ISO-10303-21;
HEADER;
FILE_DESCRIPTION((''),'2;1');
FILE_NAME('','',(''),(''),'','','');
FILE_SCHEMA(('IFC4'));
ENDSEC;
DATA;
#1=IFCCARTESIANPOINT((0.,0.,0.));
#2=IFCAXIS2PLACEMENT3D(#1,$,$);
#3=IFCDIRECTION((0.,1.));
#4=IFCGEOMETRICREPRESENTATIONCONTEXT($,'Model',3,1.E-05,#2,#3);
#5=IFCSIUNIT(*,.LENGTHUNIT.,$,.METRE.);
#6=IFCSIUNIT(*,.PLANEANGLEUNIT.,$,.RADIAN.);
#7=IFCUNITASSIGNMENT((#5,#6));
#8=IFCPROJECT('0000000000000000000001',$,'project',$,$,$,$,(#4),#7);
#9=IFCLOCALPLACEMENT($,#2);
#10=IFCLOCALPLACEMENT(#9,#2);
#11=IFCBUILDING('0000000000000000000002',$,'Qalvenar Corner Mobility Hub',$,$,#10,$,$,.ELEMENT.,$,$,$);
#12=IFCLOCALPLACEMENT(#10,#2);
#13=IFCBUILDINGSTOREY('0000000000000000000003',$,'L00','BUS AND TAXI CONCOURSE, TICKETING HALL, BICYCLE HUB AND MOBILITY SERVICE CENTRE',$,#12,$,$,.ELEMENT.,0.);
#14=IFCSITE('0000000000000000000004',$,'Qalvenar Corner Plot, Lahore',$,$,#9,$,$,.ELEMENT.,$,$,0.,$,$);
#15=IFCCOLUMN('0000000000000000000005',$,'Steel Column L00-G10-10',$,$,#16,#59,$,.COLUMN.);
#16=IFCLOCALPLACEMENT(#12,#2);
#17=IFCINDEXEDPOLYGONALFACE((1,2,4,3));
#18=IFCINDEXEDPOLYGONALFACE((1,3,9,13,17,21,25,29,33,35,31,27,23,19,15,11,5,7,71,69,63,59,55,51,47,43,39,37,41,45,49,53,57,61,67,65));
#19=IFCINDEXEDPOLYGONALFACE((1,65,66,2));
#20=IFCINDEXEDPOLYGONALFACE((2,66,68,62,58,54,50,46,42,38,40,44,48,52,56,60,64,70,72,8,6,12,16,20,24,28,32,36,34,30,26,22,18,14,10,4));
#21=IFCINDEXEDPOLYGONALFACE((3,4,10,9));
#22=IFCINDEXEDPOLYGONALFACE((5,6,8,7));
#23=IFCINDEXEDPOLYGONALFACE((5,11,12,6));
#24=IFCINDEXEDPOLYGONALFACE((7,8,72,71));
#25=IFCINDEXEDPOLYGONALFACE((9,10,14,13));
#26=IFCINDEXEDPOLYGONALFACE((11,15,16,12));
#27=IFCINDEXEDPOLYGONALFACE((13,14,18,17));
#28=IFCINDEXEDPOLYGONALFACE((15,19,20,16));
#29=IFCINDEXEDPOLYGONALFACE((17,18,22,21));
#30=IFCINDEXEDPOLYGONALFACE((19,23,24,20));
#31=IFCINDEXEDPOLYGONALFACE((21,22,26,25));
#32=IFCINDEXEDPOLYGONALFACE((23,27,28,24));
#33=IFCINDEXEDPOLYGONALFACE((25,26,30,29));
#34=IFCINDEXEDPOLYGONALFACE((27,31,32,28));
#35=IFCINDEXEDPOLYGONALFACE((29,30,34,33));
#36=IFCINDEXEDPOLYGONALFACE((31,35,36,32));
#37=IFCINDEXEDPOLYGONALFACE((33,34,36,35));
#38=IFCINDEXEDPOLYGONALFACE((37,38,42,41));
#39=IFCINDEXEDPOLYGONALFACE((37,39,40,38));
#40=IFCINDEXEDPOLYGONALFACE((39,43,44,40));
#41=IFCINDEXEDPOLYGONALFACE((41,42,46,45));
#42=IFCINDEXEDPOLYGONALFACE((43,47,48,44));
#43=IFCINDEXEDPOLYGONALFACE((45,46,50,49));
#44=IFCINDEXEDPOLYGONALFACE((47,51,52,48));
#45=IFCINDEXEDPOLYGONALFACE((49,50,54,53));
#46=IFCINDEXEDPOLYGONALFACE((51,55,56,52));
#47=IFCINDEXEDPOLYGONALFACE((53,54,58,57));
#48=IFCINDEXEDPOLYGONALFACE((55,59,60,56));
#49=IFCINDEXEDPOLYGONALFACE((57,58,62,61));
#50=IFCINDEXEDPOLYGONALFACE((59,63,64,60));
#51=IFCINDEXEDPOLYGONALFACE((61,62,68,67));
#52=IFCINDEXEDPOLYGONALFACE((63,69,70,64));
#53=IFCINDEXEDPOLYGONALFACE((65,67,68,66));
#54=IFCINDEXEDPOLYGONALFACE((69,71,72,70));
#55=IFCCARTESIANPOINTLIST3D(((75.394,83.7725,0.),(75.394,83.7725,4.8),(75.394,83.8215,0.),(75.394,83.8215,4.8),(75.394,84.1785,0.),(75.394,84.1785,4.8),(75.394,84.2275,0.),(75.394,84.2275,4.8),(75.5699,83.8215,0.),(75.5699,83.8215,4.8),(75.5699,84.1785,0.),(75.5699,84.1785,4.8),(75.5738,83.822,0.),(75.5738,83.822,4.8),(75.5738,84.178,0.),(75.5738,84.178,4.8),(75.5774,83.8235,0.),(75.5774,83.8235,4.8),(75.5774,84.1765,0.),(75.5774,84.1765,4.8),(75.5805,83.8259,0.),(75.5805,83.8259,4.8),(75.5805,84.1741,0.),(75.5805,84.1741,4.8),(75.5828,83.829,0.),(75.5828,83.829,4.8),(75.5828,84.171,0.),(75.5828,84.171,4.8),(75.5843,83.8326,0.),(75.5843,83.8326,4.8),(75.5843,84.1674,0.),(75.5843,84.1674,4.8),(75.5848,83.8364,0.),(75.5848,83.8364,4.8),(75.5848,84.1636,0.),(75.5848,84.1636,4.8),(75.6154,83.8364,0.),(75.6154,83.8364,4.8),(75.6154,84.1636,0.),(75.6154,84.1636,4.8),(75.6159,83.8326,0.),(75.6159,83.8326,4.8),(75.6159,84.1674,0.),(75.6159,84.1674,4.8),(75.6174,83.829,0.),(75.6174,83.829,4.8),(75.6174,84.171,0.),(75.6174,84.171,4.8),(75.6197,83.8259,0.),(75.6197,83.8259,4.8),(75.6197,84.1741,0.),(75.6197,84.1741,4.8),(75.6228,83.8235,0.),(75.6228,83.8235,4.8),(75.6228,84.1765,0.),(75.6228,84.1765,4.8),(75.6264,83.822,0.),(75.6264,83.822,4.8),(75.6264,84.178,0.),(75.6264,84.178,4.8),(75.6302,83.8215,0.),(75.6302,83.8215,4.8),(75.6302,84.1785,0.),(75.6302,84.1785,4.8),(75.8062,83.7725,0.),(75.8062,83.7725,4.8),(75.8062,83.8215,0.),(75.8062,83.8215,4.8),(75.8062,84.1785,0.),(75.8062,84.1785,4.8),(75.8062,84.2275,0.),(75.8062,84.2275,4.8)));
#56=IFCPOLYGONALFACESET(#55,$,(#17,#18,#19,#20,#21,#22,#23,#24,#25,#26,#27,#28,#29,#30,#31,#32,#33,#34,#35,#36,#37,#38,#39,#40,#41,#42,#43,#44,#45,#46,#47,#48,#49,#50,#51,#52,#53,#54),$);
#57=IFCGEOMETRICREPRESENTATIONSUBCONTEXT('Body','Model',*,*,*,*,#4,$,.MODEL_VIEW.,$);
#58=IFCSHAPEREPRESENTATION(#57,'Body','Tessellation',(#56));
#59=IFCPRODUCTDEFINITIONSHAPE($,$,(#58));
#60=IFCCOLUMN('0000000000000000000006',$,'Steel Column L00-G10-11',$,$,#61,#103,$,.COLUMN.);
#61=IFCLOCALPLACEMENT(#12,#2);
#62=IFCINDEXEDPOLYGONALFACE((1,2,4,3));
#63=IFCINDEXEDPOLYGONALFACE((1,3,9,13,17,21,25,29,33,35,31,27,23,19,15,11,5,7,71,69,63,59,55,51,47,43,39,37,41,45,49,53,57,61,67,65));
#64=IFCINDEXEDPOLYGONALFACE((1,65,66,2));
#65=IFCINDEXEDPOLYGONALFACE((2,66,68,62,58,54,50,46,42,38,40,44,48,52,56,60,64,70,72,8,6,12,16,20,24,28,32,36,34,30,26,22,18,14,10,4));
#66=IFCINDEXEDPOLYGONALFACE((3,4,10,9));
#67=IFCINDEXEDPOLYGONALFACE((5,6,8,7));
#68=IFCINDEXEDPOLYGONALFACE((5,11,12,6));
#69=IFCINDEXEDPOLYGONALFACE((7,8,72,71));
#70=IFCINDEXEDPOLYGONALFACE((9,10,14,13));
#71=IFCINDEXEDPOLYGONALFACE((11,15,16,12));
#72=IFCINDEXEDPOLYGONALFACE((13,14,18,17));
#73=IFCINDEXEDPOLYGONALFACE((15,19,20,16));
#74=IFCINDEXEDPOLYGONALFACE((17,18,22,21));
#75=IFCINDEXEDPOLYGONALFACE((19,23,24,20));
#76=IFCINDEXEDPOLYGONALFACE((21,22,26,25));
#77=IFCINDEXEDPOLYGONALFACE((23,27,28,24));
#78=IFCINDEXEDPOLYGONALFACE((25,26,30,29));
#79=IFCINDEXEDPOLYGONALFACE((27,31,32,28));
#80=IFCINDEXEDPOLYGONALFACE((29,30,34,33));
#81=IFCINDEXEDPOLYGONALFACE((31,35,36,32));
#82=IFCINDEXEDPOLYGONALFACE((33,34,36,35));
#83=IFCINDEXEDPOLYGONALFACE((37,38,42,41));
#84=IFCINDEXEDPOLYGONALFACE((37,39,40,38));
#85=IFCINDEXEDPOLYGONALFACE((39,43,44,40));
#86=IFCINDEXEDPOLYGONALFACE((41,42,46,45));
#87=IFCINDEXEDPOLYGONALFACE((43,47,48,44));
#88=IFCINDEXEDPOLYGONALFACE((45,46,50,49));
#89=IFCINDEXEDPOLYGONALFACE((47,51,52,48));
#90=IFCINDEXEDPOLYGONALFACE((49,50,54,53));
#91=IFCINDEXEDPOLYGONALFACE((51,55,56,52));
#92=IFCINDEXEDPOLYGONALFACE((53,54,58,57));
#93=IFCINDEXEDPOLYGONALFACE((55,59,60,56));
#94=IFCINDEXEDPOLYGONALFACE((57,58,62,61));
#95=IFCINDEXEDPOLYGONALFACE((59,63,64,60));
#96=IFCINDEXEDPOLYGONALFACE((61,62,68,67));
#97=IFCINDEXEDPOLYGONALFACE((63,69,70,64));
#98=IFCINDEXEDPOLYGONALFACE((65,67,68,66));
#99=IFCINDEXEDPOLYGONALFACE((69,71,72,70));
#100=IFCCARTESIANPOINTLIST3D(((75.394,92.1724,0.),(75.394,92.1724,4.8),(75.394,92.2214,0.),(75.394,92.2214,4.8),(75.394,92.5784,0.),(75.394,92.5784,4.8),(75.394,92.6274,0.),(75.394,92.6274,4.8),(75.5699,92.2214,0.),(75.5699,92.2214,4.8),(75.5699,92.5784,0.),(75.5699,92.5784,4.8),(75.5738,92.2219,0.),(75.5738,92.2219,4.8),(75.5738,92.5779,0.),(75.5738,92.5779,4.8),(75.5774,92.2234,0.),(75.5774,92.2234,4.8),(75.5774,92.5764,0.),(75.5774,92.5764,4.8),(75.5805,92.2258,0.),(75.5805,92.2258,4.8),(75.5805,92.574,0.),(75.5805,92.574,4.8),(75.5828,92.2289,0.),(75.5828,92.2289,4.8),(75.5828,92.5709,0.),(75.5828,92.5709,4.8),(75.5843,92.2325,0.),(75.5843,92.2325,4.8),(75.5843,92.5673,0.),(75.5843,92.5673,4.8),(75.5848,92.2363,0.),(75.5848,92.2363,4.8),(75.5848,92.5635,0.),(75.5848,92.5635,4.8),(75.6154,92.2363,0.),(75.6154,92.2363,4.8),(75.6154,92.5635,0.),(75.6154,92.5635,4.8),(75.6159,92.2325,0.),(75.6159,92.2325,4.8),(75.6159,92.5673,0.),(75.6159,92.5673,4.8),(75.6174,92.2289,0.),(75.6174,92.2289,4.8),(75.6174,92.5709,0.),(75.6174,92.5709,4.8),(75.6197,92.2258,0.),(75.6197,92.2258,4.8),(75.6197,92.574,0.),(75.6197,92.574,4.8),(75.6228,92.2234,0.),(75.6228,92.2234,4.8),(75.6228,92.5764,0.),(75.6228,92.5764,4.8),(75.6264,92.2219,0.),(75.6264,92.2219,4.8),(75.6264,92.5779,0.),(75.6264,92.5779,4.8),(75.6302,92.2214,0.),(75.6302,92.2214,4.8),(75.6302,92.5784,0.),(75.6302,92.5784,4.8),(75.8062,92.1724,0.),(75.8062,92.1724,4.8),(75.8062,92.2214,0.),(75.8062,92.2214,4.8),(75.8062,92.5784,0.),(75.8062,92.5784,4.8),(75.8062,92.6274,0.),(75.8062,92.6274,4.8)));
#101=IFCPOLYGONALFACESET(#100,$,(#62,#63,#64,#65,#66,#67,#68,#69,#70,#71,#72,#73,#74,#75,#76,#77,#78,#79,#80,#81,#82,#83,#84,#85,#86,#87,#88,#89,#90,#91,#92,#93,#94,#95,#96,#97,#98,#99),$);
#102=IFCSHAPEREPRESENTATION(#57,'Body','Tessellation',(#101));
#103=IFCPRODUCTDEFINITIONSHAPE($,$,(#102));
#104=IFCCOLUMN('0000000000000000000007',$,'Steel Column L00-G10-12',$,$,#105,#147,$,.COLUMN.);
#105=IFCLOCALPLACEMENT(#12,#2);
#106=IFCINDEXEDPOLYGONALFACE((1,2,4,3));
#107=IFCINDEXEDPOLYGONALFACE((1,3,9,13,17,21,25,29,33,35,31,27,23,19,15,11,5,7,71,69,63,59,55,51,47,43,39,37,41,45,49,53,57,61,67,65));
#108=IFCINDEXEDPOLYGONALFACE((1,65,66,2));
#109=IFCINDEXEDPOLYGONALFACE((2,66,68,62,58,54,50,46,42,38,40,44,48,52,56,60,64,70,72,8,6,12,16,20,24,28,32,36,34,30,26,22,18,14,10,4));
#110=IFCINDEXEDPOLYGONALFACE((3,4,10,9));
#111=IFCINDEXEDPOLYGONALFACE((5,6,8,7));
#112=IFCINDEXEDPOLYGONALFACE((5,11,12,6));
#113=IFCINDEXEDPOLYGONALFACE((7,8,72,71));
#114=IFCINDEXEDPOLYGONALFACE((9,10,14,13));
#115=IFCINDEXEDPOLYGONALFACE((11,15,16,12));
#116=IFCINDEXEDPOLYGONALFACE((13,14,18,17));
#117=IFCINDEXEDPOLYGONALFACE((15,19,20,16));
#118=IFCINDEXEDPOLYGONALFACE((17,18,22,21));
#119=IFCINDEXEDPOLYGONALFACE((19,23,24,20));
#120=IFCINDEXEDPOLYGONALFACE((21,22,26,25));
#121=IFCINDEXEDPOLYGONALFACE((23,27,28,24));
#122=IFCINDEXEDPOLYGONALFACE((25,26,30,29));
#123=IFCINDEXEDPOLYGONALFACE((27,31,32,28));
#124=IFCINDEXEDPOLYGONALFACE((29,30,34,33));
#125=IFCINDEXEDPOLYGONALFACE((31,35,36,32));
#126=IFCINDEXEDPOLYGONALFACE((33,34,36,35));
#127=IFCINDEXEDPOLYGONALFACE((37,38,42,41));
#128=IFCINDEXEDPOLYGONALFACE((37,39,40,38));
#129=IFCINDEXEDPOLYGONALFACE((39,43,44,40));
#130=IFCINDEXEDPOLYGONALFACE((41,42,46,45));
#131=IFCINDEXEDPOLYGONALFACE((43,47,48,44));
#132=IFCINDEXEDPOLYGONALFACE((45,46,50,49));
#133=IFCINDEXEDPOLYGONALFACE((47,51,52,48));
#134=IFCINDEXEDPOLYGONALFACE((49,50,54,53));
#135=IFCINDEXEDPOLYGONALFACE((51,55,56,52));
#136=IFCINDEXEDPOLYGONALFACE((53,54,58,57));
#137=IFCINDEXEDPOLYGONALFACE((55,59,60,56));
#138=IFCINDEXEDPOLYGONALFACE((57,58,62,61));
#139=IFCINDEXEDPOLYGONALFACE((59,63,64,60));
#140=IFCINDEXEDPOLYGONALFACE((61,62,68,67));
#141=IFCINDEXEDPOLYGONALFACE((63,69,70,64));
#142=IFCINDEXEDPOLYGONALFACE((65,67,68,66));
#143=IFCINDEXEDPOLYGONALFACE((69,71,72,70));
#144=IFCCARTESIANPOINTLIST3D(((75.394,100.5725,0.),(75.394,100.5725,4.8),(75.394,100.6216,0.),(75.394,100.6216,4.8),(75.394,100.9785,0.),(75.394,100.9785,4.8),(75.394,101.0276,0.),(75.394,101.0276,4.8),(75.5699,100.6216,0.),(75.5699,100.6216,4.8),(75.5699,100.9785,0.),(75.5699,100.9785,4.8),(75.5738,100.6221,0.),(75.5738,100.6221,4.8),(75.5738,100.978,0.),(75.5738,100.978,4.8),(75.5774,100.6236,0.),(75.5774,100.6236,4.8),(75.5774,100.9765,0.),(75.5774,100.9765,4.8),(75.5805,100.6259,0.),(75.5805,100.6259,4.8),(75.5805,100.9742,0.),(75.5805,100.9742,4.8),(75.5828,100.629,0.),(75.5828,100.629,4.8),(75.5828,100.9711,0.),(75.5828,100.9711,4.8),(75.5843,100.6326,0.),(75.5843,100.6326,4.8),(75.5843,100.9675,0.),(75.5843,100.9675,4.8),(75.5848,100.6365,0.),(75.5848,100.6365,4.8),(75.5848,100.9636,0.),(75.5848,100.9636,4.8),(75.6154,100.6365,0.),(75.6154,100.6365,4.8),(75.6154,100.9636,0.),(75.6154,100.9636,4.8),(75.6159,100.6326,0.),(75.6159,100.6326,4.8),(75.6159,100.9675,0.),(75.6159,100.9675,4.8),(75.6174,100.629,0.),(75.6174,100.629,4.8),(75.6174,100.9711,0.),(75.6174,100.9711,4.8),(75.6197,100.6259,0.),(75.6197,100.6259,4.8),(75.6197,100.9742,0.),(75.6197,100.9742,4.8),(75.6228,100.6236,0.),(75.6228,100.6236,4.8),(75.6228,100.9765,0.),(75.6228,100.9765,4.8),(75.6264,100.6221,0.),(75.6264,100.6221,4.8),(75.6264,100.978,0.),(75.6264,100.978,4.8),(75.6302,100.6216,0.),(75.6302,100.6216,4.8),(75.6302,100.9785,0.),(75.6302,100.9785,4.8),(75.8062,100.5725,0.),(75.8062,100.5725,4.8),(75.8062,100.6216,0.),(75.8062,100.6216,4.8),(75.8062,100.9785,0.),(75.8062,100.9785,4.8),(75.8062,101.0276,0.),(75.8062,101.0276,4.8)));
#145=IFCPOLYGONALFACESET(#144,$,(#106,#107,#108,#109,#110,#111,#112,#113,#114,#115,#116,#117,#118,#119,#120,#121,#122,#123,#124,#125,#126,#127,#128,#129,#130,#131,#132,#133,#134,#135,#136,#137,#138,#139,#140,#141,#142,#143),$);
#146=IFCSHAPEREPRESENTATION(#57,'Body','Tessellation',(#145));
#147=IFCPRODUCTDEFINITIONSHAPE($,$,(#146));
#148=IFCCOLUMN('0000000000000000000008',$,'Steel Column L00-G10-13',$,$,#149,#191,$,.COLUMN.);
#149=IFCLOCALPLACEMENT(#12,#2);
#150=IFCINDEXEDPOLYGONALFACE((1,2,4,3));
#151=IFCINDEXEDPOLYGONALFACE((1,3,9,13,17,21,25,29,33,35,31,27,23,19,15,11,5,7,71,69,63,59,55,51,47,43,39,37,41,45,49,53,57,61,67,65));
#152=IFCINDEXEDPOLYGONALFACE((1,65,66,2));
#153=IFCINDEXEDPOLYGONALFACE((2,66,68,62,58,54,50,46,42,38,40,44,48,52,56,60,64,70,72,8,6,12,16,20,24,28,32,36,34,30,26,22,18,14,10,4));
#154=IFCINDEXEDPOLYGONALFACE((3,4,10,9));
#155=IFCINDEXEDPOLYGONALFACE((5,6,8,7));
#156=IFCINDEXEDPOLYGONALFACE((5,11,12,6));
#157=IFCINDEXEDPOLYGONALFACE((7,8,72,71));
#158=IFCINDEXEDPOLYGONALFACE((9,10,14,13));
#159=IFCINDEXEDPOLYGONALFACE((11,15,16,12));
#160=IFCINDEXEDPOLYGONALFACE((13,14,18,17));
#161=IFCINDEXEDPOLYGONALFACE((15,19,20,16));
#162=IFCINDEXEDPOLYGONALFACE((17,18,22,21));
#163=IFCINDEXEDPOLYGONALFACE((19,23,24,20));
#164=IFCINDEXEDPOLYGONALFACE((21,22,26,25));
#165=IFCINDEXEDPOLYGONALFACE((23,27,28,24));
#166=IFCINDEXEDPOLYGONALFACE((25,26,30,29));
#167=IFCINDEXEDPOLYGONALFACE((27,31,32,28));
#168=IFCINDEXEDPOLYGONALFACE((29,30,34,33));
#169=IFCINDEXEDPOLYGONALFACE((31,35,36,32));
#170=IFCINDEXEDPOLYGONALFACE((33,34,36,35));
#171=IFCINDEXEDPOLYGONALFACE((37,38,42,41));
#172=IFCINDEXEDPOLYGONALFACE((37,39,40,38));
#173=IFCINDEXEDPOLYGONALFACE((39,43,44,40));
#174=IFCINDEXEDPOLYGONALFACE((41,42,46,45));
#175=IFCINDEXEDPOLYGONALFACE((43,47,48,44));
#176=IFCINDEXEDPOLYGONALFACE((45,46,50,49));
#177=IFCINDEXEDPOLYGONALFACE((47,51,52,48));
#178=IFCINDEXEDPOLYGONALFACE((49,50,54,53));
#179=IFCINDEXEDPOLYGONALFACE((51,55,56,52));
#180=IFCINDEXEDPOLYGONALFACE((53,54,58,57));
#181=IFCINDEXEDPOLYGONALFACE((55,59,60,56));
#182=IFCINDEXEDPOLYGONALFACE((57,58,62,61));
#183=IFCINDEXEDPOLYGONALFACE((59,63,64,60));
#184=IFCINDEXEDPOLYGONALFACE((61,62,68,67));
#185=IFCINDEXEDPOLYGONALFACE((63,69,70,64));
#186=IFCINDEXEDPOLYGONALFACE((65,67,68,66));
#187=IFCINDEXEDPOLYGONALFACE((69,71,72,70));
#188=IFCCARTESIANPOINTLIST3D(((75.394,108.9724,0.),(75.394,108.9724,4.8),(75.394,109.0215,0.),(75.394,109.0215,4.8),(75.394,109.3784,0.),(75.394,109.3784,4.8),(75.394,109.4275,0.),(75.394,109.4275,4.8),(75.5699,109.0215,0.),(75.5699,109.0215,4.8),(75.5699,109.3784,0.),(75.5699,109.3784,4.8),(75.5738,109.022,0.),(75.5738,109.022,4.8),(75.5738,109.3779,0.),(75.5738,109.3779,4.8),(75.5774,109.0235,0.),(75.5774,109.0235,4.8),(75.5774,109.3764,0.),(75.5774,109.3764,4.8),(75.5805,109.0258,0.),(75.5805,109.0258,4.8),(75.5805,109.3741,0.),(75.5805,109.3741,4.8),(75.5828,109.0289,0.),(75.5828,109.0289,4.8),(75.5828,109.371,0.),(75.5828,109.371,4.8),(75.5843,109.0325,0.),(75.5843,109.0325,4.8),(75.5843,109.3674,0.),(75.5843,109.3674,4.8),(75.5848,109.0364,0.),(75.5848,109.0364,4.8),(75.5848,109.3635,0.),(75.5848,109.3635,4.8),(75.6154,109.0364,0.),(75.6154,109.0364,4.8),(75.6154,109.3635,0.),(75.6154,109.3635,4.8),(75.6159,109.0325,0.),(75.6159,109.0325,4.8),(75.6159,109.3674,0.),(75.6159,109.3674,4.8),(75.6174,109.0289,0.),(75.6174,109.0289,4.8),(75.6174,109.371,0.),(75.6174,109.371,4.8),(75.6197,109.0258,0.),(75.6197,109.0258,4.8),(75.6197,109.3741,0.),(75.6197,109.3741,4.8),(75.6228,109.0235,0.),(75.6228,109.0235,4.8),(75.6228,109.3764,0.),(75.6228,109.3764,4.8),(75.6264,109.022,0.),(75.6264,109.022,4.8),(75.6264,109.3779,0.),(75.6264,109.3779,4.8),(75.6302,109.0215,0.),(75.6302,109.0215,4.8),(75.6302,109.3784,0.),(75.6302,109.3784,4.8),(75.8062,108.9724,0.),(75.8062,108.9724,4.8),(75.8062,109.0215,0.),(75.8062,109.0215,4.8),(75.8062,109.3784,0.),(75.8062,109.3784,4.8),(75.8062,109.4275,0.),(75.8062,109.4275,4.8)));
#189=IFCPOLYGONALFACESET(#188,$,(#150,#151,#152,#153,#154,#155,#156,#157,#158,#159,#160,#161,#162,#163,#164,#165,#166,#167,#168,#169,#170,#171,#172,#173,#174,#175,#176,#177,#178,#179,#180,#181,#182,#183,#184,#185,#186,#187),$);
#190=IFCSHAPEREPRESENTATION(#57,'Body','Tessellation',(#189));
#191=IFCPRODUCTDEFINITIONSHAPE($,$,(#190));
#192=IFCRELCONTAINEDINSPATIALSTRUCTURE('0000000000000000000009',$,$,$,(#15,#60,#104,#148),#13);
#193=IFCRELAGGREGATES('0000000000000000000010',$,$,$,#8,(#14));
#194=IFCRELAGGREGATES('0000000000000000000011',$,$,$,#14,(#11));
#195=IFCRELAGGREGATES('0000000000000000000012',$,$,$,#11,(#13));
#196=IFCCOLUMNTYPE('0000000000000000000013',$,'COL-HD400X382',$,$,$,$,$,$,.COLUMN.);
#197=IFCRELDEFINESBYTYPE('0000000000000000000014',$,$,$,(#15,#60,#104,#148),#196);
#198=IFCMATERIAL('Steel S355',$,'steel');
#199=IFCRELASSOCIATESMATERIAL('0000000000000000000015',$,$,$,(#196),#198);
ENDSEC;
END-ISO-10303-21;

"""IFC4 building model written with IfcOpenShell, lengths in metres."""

from ifc_helpers import new_model, si_unit, direction, frame, origin, origin_2d, place, context, subcontext, project, spatial, i_section, extrude, material, material_profile, profile_set, type_object, element, save


model = new_model("IFC4")

# Units and contexts
model_context = context("Model", 3, precision=1e-05, world=origin(), true_north=direction((0.0, 1.0)))
body_context = subcontext(model_context, "Body", "Model", "MODEL_VIEW")
ifc_project = project(units=[si_unit("LENGTHUNIT", "METRE"), si_unit("PLANEANGLEUNIT", "RADIAN")], contexts=[model_context])

# Site, building, storey
site_placement = place(None, origin())
site = spatial("IfcSite", under=ifc_project, at=site_placement, Name="Qalvenar Corner Plot, Lahore", CompositionType="ELEMENT", RefElevation=0.0)
building_placement = place(site_placement, origin())
building = spatial("IfcBuilding", under=site, at=building_placement, Name="Qalvenar Corner Mobility Hub", CompositionType="ELEMENT")
storey_placement = place(building_placement, origin())
storey = spatial("IfcBuildingStorey", under=building, at=storey_placement, Name="L00", Description="BUS AND TAXI CONCOURSE, TICKETING HALL, BICYCLE HUB AND MOBILITY SERVICE CENTRE", CompositionType="ELEMENT", Elevation=0.0)

# Columns
ifc_material_1 = material(Name="Steel S355", Category="steel")
ifc_material_profile_1 = material_profile(ifc_material_1, i_section(OverallWidth=0.4121, OverallDepth=0.4551, WebThickness=0.0305, FlangeThickness=0.0491, FilletRadius=0.0149, at=origin_2d()), Name="HD400x421")
ifc_profile_set_1 = profile_set([ifc_material_profile_1], Name="Steel S355")
column_type = type_object("IfcColumnType", Name="COL-HD400X382", PredefinedType="COLUMN", material=ifc_profile_set_1)
for number, where, z_axis, x_axis, name in (
    (1, (75.6001, 84.0, 0.0), (0.0, 0.0, 1.0), (1.0, 0.0, 0.0), "Steel Column L00-G10-10"),
    (2, (75.6001, 92.3999, 0.0), (0.0, 0.0, 1.0), (1.0, 0.0, 0.0), "Steel Column L00-G10-11"),
    (3, (75.6001, 100.8, 0.0), (0.0, 0.0, 1.0), (1.0, 0.0, 0.0), "Steel Column L00-G10-12"),
    (4, (75.6001, 109.2, 0.0), (0.0, 0.0, 1.0), (1.0, 0.0, 0.0), "Steel Column L00-G10-13"),
):
    element("IfcColumn", number, at=place(storey_placement, frame(where, z_axis=z_axis, x_axis=x_axis)), inside=storey, type_object=column_type, Name=name, PredefinedType="COLUMN", context=body_context, shape_type="SweptSolid", body=[
        extrude(i_section(OverallWidth=0.4121, OverallDepth=0.4551, WebThickness=0.0305, FlangeThickness=0.0491, FilletRadius=0.0149, at=origin_2d()), origin(), (0.0, 0.0, 1.0), 4.8),
    ])

save(model, "model.ifc")
